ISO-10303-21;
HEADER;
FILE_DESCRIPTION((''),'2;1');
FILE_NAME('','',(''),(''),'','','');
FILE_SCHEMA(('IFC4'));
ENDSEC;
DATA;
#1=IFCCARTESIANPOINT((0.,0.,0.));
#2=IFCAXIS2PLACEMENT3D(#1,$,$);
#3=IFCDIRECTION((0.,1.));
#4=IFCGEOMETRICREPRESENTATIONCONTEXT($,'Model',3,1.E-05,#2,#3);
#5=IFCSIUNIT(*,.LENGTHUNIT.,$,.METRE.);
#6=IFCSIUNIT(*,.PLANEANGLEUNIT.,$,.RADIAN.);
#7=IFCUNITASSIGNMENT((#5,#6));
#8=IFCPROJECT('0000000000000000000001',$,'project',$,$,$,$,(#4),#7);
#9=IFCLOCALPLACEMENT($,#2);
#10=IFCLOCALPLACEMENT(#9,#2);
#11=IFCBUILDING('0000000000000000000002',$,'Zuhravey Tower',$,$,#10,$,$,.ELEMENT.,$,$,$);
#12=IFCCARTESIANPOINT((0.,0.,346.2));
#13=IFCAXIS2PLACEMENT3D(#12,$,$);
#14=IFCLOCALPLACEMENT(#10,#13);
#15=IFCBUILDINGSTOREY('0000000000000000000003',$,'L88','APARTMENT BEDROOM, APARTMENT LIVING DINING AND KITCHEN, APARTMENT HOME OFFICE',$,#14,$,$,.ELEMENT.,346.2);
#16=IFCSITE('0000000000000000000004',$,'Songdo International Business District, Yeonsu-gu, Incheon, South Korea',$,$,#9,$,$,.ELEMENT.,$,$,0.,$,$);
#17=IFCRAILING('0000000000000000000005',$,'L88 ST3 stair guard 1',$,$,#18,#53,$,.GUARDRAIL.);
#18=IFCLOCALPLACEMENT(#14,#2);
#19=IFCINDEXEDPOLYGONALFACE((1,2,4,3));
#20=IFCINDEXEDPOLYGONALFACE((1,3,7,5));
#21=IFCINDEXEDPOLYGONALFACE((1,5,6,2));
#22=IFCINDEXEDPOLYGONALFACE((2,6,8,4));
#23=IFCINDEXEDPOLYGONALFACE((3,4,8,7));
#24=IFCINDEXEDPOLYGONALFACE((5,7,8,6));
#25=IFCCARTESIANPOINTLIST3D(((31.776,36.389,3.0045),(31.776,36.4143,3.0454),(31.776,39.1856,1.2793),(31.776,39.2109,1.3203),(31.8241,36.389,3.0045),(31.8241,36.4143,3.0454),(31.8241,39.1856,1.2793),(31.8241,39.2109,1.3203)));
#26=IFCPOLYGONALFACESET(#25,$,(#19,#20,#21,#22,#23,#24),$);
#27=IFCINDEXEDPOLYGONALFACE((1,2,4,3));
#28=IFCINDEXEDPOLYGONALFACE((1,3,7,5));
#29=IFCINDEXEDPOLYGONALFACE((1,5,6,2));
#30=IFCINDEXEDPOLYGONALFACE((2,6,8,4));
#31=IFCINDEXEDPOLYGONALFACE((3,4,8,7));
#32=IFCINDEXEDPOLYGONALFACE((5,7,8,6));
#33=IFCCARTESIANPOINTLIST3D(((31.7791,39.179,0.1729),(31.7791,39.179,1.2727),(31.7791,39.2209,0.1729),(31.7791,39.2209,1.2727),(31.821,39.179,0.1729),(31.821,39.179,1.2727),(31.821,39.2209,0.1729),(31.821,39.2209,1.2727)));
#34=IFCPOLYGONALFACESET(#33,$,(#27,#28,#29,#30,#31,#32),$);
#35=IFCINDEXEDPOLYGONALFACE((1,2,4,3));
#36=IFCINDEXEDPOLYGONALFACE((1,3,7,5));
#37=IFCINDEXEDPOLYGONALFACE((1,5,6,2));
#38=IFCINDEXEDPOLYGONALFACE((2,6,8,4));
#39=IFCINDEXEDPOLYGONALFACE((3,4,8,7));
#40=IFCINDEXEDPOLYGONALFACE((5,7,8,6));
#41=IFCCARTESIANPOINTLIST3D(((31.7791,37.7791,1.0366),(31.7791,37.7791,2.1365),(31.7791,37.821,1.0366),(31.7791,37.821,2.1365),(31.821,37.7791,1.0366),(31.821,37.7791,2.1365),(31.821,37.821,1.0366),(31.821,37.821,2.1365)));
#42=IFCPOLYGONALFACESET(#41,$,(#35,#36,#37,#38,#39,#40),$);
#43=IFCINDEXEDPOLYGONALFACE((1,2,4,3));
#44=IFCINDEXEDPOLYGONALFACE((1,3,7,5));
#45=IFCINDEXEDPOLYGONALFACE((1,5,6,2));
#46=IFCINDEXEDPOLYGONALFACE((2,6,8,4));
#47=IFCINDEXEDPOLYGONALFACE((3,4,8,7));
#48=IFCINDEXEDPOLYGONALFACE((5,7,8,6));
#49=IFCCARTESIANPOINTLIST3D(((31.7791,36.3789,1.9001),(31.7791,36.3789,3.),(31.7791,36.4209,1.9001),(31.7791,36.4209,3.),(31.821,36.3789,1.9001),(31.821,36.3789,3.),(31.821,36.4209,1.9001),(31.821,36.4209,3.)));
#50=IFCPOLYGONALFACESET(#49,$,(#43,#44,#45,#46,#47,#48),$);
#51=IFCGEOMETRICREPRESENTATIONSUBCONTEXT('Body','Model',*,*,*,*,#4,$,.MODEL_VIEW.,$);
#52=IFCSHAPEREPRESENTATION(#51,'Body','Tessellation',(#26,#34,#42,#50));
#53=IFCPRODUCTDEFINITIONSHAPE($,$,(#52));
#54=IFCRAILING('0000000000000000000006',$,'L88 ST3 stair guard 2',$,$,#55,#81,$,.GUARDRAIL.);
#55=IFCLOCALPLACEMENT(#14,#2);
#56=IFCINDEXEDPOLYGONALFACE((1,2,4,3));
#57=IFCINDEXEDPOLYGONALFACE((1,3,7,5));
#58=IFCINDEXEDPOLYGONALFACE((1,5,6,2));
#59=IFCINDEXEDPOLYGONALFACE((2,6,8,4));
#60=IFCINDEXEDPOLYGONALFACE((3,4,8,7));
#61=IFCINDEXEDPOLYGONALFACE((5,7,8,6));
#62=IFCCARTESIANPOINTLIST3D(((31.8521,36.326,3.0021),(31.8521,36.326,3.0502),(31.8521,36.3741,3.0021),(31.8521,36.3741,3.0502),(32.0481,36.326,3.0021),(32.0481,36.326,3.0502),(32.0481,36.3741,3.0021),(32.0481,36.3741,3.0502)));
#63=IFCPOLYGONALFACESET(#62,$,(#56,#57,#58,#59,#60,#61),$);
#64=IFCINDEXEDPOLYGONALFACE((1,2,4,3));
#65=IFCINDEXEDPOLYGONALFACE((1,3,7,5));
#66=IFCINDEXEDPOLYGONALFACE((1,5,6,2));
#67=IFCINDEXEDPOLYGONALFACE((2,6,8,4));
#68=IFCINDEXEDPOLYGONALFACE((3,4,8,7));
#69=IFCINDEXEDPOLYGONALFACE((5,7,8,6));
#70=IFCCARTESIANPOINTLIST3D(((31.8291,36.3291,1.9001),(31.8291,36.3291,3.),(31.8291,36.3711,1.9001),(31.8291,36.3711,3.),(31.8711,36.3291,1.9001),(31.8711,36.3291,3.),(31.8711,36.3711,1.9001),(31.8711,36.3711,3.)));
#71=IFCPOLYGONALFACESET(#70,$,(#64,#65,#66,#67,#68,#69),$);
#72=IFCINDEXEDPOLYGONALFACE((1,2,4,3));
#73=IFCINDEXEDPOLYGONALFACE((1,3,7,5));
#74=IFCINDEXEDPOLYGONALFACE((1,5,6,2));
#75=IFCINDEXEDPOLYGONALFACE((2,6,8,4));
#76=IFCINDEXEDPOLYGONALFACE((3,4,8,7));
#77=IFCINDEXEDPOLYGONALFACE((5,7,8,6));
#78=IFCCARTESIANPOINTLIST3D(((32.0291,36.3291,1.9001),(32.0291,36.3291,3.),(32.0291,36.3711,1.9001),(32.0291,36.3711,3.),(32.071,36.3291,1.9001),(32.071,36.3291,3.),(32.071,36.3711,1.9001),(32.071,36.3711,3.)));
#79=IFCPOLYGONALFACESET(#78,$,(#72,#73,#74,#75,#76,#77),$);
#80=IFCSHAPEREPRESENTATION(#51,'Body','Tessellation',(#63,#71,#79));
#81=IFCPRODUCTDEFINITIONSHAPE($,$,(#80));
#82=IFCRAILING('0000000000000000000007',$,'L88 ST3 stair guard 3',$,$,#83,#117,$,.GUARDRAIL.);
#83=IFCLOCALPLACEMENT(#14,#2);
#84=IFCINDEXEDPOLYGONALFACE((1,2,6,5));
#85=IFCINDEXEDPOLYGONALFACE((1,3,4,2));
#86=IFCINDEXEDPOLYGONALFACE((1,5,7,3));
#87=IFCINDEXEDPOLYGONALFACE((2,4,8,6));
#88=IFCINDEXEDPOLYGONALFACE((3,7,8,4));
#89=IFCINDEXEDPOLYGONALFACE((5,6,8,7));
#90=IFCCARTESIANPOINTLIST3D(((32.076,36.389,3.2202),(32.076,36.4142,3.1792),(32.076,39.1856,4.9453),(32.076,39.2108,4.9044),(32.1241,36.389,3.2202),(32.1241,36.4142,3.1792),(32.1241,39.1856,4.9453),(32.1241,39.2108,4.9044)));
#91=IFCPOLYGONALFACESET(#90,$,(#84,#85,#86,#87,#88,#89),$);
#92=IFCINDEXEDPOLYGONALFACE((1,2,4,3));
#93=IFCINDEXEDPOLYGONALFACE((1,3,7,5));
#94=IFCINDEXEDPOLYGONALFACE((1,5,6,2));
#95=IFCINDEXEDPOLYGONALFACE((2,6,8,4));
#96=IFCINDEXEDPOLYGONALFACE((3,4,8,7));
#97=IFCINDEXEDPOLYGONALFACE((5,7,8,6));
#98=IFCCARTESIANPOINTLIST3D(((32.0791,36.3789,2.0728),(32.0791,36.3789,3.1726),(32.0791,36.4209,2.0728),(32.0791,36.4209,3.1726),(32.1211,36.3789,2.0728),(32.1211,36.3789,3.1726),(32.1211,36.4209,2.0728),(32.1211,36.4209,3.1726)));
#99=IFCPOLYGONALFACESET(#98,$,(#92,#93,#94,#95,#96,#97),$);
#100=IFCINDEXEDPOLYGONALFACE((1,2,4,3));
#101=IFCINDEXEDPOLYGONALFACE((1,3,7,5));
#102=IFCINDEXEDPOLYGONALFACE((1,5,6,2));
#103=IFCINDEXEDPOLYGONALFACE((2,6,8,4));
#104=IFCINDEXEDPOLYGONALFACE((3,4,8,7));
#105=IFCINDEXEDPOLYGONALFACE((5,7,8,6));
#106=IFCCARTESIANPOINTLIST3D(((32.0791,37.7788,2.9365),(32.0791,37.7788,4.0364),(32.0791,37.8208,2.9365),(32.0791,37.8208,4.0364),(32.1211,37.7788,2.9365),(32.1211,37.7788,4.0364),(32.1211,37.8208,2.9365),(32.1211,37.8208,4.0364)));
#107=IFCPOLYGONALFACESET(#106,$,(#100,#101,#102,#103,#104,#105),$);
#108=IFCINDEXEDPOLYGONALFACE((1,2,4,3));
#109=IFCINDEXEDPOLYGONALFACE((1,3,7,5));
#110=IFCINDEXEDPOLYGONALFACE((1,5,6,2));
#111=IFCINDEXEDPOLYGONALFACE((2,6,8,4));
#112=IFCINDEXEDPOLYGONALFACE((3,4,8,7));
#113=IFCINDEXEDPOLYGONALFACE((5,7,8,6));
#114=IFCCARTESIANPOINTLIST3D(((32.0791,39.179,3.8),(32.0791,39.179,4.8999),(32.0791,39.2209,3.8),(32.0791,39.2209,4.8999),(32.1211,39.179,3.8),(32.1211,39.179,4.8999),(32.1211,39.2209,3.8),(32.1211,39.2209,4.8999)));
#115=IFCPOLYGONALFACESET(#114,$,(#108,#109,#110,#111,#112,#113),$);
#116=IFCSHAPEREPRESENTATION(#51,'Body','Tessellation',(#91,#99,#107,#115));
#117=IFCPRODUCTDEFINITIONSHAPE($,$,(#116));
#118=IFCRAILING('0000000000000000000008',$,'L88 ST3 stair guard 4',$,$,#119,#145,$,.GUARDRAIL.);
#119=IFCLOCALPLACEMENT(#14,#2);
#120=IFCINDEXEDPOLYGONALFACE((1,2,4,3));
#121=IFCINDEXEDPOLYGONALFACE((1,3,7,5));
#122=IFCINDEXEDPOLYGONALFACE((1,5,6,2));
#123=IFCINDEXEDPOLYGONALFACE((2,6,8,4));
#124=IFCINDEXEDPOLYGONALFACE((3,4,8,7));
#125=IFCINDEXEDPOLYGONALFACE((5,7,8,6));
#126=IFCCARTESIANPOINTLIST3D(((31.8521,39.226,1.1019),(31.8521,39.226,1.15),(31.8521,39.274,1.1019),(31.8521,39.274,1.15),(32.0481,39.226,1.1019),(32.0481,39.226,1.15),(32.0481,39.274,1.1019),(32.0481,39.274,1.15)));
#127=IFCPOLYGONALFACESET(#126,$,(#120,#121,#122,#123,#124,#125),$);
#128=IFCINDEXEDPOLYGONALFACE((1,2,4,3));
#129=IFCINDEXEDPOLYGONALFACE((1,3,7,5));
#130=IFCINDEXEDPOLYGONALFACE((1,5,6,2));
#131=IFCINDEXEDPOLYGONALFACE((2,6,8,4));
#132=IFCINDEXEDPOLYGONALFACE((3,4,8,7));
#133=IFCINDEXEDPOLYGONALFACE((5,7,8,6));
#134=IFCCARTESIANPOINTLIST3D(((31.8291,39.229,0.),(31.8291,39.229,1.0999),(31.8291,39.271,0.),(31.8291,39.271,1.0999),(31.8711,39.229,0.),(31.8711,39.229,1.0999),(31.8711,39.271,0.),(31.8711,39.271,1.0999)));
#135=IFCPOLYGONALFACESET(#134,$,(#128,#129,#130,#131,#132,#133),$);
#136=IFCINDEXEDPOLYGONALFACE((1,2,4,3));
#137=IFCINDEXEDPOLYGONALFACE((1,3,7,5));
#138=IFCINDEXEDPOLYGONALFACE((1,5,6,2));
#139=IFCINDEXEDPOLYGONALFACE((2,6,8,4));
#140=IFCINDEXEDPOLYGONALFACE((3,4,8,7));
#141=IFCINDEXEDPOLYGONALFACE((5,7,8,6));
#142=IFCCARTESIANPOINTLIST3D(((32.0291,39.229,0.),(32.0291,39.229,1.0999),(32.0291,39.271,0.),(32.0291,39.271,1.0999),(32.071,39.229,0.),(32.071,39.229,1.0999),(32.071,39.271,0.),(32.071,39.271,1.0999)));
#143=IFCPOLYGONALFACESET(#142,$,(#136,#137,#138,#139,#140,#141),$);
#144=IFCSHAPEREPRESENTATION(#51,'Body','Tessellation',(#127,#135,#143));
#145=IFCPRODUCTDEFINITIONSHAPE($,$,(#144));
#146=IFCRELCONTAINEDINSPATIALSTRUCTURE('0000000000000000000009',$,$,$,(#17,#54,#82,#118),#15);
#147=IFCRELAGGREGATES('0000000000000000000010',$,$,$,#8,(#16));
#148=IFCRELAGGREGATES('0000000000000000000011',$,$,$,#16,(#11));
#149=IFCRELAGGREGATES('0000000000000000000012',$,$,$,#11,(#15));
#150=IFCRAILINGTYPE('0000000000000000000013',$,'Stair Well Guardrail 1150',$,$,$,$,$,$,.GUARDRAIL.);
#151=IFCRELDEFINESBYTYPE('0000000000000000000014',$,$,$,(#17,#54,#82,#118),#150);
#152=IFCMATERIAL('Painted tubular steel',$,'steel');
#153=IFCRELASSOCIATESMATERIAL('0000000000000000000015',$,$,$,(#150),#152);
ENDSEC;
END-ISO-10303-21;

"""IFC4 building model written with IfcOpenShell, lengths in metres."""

from ifc_helpers import new_model, si_unit, direction, frame, origin, origin_2d, place, context, subcontext, project, spatial, rectangle, extrude, material, type_object, element, save


model = new_model("IFC4")

# Units and contexts
model_context = context("Model", 3, precision=1e-05, world=origin(), true_north=direction((0.0, 1.0)))
body_context = subcontext(model_context, "Body", "Model", "MODEL_VIEW")
ifc_project = project(units=[si_unit("LENGTHUNIT", "METRE"), si_unit("PLANEANGLEUNIT", "RADIAN")], contexts=[model_context])

# Site, building, storey
site_placement = place(None, origin())
site = spatial("IfcSite", under=ifc_project, at=site_placement, Name="Songdo International Business District, Yeonsu-gu, Incheon, South Korea", CompositionType="ELEMENT", RefElevation=0.0)
building_placement = place(site_placement, origin())
building = spatial("IfcBuilding", under=site, at=building_placement, Name="Zuhravey Tower", CompositionType="ELEMENT")
storey_placement = place(building_placement, frame((0.0, 0.0, 346.2)))
storey = spatial("IfcBuildingStorey", under=building, at=storey_placement, Name="L88", Description="APARTMENT BEDROOM, APARTMENT LIVING DINING AND KITCHEN, APARTMENT HOME OFFICE", CompositionType="ELEMENT", Elevation=346.2)

# Railings
ifc_material_1 = material(Name="Painted tubular steel", Category="steel")
railing_type_1 = type_object("IfcRailingType", Name="Stair Well Guardrail 1150", PredefinedType="GUARDRAIL", material=ifc_material_1)
railing_1_placement = place(storey_placement, frame((31.8, 39.2, 0.1729)))
element("IfcRailing", 1, at=railing_1_placement, inside=storey, type_object=railing_type_1, Name="L88 ST3 stair guard 1", PredefinedType="GUARDRAIL", context=body_context, shape_type="SweptSolid", body=[
    extrude(rectangle(XDim=0.0481, YDim=0.0481, at=origin_2d()), frame((0.0, -0.0017, 1.127), z_axis=(0.0, -0.85109, 0.52502), x_axis=(1.0, 0.0, 0.0)), (0.0, 0.0, 1.0), 3.2859),
    extrude(rectangle(XDim=0.042, YDim=0.042, at=origin_2d()), origin(), (0.0, 0.0, 1.0), 1.0999),
    extrude(rectangle(XDim=0.042, YDim=0.042, at=origin_2d()), frame((0.0, -1.3999, 0.8638)), (0.0, 0.0, 1.0), 1.0999),
    extrude(rectangle(XDim=0.042, YDim=0.042, at=origin_2d()), frame((0.0, -2.8, 1.7273)), (0.0, 0.0, 1.0), 1.0999),
])
railing_2_placement = place(storey_placement, frame((31.8501, 36.3501, 1.9001)))
element("IfcRailing", 2, at=railing_2_placement, inside=storey, type_object=railing_type_1, Name="L88 ST3 stair guard 2", PredefinedType="GUARDRAIL", context=body_context, shape_type="SweptSolid", body=[
    extrude(rectangle(XDim=0.0481, YDim=0.0481, at=origin_2d()), frame((0.002, 0.0, 1.126), z_axis=(1.0, 0.0, 0.0), x_axis=(0.0, 1.0, 0.0)), (0.0, 0.0, 1.0), 0.196),
    extrude(rectangle(XDim=0.042, YDim=0.042, at=origin_2d()), origin(), (0.0, 0.0, 1.0), 1.0999),
    extrude(rectangle(XDim=0.042, YDim=0.042, at=origin_2d()), frame((0.2, 0.0, 0.0)), (0.0, 0.0, 1.0), 1.0999),
])
railing_3_placement = place(storey_placement, frame((32.1001, 36.3999, 2.0728)))
element("IfcRailing", 3, at=railing_3_placement, inside=storey, type_object=railing_type_1, Name="L88 ST3 stair guard 3", PredefinedType="GUARDRAIL", context=body_context, shape_type="SweptSolid", body=[
    extrude(rectangle(XDim=0.0481, YDim=0.0481, at=origin_2d()), frame((0.0, 0.0017, 1.127), z_axis=(0.0, 0.85109, 0.52502), x_axis=(-1.0, 0.0, 0.0)), (0.0, 0.0, 1.0), 3.2859),
    extrude(rectangle(XDim=0.042, YDim=0.042, at=origin_2d()), origin(), (0.0, 0.0, 1.0), 1.0999),
    extrude(rectangle(XDim=0.042, YDim=0.042, at=origin_2d()), frame((0.0, 1.3999, 0.8638)), (0.0, 0.0, 1.0), 1.0999),
    extrude(rectangle(XDim=0.042, YDim=0.042, at=origin_2d()), frame((0.0, 2.8, 1.7273)), (0.0, 0.0, 1.0), 1.0999),
])
railing_4_placement = place(storey_placement, frame((31.8501, 39.25, 0.0)))
element("IfcRailing", 4, at=railing_4_placement, inside=storey, type_object=railing_type_1, Name="L88 ST3 stair guard 4", PredefinedType="GUARDRAIL", context=body_context, shape_type="SweptSolid", body=[
    extrude(rectangle(XDim=0.0481, YDim=0.0481, at=origin_2d()), frame((0.002, 0.0, 1.126), z_axis=(1.0, 0.0, 0.0), x_axis=(0.0, 1.0, 0.0)), (0.0, 0.0, 1.0), 0.196),
    extrude(rectangle(XDim=0.042, YDim=0.042, at=origin_2d()), origin(), (0.0, 0.0, 1.0), 1.0999),
    extrude(rectangle(XDim=0.042, YDim=0.042, at=origin_2d()), frame((0.2, 0.0, 0.0)), (0.0, 0.0, 1.0), 1.0999),
])

save(model, "model.ifc")
